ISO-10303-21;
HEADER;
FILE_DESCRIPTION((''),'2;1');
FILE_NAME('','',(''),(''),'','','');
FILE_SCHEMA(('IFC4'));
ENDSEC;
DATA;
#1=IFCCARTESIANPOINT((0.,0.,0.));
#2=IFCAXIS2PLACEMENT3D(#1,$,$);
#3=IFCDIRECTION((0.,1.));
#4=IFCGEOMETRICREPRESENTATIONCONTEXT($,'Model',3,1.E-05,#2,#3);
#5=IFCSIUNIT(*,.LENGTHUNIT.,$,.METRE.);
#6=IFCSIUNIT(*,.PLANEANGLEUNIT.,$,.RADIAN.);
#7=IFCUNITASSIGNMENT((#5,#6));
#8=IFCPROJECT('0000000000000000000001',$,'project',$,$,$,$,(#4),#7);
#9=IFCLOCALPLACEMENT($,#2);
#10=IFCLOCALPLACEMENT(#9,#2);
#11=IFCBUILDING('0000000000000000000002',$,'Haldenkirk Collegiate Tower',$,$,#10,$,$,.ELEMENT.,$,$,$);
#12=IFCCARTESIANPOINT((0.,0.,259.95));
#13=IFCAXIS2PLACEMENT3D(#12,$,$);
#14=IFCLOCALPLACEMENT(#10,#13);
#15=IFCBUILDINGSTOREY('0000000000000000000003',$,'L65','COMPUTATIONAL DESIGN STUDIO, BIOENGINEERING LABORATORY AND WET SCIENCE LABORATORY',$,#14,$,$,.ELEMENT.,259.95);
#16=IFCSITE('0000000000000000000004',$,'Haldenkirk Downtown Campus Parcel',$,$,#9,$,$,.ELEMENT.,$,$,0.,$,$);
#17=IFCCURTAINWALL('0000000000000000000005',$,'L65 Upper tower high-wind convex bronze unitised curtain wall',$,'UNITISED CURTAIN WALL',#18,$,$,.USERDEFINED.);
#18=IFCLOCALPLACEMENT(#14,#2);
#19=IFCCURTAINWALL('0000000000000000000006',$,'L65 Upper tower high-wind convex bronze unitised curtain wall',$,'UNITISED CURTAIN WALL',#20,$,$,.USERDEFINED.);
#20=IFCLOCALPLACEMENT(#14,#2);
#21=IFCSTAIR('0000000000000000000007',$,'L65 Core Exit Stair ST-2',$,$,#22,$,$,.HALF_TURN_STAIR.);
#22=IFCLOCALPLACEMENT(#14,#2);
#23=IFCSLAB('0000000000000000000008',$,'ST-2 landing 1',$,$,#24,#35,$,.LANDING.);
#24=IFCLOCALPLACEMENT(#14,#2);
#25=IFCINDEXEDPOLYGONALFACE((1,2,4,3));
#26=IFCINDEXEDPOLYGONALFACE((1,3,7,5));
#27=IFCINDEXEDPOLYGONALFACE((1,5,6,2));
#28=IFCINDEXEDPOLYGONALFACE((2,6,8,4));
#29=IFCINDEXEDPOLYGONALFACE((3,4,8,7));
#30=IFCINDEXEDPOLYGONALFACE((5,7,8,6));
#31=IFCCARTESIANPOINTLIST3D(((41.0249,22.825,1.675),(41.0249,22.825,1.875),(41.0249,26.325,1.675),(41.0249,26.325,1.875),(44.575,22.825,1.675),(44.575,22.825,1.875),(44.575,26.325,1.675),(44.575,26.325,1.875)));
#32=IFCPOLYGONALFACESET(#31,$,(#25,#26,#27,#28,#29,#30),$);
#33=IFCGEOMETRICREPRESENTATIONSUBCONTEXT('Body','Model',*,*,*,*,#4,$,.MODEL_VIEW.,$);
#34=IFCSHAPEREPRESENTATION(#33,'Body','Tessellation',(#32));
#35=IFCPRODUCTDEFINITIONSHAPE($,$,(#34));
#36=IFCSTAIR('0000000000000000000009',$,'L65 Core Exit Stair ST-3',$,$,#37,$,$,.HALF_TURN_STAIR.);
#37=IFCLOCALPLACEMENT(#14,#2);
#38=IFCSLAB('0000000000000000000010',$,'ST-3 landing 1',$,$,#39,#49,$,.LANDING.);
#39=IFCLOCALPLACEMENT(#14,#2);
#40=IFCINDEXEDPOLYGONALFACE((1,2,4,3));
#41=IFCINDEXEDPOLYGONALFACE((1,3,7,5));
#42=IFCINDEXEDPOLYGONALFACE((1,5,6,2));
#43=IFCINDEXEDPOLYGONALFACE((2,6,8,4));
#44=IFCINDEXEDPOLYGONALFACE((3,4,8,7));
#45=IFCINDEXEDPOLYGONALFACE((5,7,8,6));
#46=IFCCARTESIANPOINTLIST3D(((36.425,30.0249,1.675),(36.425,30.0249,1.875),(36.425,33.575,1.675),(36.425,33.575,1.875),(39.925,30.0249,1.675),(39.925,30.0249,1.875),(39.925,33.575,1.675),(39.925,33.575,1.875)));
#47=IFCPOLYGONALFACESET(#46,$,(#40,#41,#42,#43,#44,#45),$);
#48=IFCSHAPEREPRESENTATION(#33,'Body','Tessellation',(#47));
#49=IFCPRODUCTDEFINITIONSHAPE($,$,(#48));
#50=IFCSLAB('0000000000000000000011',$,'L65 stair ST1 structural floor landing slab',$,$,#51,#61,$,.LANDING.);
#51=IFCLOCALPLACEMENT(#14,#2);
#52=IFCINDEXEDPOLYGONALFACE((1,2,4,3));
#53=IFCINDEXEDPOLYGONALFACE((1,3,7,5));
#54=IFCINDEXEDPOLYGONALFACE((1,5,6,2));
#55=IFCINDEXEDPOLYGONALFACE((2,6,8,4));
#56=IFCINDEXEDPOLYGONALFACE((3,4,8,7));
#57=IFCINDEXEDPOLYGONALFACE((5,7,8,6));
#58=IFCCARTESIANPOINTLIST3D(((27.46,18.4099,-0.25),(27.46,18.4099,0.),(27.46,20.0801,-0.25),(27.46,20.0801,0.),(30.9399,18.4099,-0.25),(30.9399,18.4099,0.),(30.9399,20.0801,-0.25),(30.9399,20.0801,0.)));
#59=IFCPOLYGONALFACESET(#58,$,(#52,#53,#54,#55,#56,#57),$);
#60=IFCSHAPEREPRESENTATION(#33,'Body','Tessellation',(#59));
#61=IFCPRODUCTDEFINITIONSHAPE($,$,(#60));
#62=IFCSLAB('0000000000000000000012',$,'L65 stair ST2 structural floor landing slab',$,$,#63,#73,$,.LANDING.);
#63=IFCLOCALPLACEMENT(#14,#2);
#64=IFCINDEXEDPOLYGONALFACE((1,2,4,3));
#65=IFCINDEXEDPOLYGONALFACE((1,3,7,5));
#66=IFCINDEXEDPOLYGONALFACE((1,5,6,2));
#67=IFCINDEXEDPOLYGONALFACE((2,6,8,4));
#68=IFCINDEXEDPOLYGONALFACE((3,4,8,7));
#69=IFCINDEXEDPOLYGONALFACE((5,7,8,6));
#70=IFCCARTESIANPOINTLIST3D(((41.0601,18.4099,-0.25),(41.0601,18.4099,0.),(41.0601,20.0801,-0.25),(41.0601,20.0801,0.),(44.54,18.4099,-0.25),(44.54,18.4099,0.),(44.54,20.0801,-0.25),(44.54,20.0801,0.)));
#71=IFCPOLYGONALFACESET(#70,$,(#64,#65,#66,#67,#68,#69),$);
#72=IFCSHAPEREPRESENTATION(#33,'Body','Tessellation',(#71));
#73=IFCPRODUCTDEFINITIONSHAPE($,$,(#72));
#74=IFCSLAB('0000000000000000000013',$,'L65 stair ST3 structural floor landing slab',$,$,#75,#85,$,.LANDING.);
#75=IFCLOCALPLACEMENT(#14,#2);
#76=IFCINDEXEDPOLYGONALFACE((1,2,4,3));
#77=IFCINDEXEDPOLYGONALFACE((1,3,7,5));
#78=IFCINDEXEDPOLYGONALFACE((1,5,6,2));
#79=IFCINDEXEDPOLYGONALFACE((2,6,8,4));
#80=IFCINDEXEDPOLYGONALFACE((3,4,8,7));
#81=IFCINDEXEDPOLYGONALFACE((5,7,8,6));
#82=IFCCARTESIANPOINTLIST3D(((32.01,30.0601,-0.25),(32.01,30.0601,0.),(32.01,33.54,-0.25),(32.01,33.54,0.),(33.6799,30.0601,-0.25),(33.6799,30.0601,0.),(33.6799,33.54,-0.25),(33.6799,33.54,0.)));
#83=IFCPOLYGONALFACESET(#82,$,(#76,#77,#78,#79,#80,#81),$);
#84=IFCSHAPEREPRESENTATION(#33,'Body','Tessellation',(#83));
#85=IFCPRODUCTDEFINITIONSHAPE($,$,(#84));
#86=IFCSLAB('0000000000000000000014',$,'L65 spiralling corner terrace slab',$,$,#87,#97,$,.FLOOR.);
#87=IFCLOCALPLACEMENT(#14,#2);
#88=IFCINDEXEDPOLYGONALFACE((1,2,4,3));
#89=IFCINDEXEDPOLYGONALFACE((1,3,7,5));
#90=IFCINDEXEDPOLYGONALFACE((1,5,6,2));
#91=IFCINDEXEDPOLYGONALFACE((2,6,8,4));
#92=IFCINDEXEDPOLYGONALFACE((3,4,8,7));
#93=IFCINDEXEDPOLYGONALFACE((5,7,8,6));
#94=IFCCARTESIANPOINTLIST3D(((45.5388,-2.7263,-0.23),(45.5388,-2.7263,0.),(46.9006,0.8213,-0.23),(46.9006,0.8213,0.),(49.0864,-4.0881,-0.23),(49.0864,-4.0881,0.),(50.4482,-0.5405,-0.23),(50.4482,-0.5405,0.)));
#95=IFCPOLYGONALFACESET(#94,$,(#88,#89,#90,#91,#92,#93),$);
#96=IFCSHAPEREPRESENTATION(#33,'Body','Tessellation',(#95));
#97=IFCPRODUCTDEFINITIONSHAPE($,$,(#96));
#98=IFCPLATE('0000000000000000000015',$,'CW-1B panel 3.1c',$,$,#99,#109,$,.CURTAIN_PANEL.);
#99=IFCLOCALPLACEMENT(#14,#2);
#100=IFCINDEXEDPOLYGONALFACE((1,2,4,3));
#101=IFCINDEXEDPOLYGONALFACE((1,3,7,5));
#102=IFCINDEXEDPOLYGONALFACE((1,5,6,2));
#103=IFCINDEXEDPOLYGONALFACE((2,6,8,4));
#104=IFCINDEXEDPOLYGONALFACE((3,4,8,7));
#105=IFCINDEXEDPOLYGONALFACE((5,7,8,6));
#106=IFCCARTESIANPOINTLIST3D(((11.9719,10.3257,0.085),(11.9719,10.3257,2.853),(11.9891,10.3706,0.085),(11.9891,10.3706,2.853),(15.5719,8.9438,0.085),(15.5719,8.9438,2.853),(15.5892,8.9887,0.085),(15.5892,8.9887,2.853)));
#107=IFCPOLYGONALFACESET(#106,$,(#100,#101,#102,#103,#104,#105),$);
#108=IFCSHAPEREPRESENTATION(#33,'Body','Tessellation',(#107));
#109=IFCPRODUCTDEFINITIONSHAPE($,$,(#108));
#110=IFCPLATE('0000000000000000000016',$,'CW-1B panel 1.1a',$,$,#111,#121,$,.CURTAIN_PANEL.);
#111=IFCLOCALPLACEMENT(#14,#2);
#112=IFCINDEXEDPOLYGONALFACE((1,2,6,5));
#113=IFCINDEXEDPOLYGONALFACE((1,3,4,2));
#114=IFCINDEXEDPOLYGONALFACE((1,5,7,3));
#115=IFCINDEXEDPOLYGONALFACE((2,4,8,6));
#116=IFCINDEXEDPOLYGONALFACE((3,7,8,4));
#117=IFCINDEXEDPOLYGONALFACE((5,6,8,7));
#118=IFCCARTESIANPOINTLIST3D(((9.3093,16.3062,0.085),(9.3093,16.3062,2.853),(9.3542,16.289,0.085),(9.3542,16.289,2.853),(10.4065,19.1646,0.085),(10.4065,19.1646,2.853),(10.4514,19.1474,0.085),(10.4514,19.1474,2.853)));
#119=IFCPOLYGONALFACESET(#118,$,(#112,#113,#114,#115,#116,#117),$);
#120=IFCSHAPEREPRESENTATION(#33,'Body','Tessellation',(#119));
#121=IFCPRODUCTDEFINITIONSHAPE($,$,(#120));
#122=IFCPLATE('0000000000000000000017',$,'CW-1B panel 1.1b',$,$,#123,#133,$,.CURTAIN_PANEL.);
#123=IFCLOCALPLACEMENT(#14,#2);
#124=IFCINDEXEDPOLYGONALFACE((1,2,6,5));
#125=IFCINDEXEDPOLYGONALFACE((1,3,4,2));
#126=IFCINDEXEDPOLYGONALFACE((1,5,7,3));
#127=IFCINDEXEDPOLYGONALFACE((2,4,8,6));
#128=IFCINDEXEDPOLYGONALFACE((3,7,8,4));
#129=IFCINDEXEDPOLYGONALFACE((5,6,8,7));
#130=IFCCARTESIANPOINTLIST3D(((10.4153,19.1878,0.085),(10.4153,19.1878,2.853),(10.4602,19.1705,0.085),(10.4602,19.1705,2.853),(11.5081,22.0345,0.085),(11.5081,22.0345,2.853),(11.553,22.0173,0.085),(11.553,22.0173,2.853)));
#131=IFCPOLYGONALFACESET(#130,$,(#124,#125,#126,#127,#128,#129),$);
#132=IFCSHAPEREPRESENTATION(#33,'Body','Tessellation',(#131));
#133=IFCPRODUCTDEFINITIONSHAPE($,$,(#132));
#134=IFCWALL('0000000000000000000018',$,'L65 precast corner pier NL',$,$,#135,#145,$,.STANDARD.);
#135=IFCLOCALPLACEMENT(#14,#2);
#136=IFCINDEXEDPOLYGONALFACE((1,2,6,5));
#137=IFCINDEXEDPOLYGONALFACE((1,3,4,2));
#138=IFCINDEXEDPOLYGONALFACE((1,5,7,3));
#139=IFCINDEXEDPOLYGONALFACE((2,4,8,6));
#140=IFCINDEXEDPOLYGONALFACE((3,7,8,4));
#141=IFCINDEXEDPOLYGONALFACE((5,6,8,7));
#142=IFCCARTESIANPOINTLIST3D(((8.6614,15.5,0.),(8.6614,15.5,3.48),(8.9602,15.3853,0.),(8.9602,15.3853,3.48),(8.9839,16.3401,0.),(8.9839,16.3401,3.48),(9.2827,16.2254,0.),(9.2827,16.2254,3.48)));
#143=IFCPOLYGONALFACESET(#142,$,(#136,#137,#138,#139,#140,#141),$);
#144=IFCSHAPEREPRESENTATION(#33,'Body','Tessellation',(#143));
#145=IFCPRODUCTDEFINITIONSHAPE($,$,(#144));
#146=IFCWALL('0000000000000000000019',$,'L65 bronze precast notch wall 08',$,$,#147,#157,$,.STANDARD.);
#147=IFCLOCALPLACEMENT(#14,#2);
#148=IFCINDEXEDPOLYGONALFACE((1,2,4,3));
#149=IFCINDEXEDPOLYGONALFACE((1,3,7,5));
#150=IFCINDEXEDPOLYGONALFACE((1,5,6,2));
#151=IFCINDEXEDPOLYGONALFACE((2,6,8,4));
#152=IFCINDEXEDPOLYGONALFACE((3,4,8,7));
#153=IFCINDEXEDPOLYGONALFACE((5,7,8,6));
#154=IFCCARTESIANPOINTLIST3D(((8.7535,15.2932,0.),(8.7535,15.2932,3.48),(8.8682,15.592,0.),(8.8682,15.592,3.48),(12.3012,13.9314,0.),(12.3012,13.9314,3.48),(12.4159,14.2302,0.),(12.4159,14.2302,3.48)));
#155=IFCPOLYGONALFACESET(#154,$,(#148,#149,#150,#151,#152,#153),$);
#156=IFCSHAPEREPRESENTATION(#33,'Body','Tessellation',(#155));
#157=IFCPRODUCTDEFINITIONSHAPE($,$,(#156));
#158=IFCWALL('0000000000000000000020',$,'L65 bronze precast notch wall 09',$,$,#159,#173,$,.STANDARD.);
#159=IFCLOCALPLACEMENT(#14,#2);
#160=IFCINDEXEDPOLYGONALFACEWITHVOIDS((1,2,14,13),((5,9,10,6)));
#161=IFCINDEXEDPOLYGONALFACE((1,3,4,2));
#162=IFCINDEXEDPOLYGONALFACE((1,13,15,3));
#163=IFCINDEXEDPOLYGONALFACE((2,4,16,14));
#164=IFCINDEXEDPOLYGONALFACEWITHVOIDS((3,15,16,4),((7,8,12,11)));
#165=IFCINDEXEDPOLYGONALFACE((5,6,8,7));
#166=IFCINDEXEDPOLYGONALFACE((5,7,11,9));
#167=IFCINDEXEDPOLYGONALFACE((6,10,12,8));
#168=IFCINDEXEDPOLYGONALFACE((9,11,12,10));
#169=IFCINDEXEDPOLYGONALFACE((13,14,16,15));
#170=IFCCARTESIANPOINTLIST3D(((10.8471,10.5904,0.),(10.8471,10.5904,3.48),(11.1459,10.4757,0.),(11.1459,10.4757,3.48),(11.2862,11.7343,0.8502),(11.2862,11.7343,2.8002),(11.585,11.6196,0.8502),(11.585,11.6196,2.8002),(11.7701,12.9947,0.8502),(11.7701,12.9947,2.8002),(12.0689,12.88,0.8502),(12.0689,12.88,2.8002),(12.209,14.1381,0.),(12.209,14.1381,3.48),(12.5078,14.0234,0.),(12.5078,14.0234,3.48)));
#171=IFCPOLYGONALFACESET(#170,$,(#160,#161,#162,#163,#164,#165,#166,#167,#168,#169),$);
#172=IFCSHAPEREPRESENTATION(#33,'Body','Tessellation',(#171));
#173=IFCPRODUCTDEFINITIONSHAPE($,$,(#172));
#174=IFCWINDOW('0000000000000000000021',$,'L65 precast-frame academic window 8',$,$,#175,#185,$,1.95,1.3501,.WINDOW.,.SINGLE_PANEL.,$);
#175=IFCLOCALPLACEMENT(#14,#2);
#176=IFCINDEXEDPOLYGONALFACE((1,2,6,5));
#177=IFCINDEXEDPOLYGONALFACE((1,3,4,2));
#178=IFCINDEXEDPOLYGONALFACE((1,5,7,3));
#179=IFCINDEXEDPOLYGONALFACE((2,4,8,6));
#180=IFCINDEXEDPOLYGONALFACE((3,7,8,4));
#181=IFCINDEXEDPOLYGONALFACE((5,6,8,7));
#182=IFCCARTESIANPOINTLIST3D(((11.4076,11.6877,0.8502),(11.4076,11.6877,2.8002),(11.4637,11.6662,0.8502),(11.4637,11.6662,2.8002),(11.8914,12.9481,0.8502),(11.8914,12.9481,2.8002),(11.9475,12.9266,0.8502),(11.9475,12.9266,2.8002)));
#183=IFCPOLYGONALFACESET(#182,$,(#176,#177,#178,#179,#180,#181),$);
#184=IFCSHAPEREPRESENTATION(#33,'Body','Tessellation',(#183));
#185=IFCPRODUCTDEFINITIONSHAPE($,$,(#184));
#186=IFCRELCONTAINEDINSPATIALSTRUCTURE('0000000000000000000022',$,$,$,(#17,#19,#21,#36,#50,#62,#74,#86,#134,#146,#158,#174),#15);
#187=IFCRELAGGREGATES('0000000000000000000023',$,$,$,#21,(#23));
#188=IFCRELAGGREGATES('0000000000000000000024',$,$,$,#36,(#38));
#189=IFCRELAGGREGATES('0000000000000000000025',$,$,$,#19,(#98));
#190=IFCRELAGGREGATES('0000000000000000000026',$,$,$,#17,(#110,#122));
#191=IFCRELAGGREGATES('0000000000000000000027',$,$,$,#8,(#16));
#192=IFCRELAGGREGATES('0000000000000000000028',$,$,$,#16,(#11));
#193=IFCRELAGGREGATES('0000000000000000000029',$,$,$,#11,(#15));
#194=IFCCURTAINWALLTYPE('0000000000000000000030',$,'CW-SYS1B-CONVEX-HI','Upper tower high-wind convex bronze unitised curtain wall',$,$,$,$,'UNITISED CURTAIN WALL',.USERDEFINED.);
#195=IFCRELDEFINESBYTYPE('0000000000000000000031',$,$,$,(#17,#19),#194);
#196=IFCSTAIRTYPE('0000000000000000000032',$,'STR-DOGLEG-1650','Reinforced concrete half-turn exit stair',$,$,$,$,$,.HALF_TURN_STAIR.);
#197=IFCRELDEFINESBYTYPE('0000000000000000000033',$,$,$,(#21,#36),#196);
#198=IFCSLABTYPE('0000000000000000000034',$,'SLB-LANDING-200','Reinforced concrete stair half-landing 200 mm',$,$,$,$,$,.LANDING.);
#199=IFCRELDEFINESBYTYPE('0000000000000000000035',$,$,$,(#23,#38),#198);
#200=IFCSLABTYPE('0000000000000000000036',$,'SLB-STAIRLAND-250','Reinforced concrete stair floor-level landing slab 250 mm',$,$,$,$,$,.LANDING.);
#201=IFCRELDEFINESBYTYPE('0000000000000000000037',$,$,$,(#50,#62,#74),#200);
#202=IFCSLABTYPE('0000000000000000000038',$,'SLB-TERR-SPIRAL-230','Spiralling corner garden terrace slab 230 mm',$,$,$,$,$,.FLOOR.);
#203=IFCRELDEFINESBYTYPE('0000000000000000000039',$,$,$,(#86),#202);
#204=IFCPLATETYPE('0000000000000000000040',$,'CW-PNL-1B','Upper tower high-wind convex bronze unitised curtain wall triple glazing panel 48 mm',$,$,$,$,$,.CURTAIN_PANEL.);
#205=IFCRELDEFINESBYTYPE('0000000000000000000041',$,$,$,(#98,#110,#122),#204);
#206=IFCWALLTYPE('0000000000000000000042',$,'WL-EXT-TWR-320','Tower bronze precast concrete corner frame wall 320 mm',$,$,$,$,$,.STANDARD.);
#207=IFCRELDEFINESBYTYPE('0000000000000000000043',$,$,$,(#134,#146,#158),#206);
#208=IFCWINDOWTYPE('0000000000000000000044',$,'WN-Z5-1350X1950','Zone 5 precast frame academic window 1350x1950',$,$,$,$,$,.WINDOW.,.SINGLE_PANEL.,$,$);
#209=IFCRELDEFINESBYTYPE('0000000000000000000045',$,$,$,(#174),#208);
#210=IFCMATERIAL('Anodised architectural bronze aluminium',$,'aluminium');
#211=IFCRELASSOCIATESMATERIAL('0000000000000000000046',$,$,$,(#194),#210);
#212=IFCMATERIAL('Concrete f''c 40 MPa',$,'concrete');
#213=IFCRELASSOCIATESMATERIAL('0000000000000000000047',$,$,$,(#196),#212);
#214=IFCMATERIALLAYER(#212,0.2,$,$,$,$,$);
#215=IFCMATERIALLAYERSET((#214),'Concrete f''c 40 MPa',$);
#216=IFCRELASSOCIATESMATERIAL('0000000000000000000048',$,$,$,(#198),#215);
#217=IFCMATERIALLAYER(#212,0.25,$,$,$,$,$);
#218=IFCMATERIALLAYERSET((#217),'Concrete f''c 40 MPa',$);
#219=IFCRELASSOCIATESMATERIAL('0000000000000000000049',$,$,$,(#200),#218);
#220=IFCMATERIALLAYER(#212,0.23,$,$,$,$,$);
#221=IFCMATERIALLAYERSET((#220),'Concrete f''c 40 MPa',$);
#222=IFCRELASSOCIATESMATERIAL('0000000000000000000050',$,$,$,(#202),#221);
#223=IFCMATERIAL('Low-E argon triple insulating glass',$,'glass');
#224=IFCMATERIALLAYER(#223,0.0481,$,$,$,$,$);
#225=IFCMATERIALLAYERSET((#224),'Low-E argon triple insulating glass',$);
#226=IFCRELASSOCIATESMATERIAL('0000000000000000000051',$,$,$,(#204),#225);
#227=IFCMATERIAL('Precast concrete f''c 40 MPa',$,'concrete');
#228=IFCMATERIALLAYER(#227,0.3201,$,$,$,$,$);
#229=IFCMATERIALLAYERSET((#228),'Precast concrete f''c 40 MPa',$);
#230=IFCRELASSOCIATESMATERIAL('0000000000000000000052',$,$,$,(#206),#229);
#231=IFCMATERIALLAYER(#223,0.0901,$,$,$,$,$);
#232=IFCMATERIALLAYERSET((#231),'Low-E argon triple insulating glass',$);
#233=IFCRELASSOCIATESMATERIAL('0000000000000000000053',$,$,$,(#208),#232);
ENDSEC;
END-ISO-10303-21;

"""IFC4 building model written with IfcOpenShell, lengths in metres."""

from ifc_helpers import new_model, si_unit, direction, frame, frame_2d, origin, origin_2d, place, context, subcontext, project, spatial, polyline, rectangle, outline, extrude, source, transform, mapped, material, layer, layer_set, type_object, element, fill, aggregate, save


model = new_model("IFC4")

# Units and contexts
model_context = context("Model", 3, precision=1e-05, world=origin(), true_north=direction((0.0, 1.0)))
body_context = subcontext(model_context, "Body", "Model", "MODEL_VIEW")
ifc_project = project(units=[si_unit("LENGTHUNIT", "METRE"), si_unit("PLANEANGLEUNIT", "RADIAN")], contexts=[model_context])

# Site, building, storey
site_placement = place(None, origin())
site = spatial("IfcSite", under=ifc_project, at=site_placement, Name="Haldenkirk Downtown Campus Parcel", CompositionType="ELEMENT", RefElevation=0.0)
building_placement = place(site_placement, origin())
building = spatial("IfcBuilding", under=site, at=building_placement, Name="Haldenkirk Collegiate Tower", CompositionType="ELEMENT")
storey_placement = place(building_placement, frame((0.0, 0.0, 259.95)))
storey = spatial("IfcBuildingStorey", under=building, at=storey_placement, Name="L65", Description="COMPUTATIONAL DESIGN STUDIO, BIOENGINEERING LABORATORY AND WET SCIENCE LABORATORY", CompositionType="ELEMENT", Elevation=259.95)

# Curtain walls
ifc_material_1 = material(Name="Anodised architectural bronze aluminium", Category="aluminium")
curtain_wall_type = type_object("IfcCurtainWallType", Name="CW-SYS1B-CONVEX-HI", Description="Upper tower high-wind convex bronze unitised curtain wall", ElementType="UNITISED CURTAIN WALL", PredefinedType="USERDEFINED", material=ifc_material_1)
curtain_wall_1_placement = place(storey_placement, origin())
curtain_wall_1 = element("IfcCurtainWall", 1, at=curtain_wall_1_placement, inside=storey, type_object=curtain_wall_type, Name="L65 Upper tower high-wind convex bronze unitised curtain wall", ObjectType="UNITISED CURTAIN WALL", PredefinedType="USERDEFINED")
curtain_wall_2_placement = place(storey_placement, origin())
curtain_wall_2 = element("IfcCurtainWall", 2, at=curtain_wall_2_placement, inside=storey, type_object=curtain_wall_type, Name="L65 Upper tower high-wind convex bronze unitised curtain wall", ObjectType="UNITISED CURTAIN WALL", PredefinedType="USERDEFINED")

# Shared definitions
ifc_material_2 = material(Name="Concrete f'c 40 MPa", Category="concrete")

# Stairs, slabs
stair_type = type_object("IfcStairType", Name="STR-DOGLEG-1650", Description="Reinforced concrete half-turn exit stair", PredefinedType="HALF_TURN_STAIR", material=ifc_material_2)
ifc_layer_1 = layer(ifc_material_2, 0.2)
ifc_layer_set_1 = layer_set([ifc_layer_1], Name="Concrete f'c 40 MPa")
slab_type_1 = type_object("IfcSlabType", Name="SLB-LANDING-200", Description="Reinforced concrete stair half-landing 200 mm", PredefinedType="LANDING", material=ifc_layer_set_1)
stair_1_placement = place(storey_placement, origin())
stair_1 = element("IfcStair", 3, at=stair_1_placement, inside=storey, type_object=stair_type, Name="L65 Core Exit Stair ST-2", PredefinedType="HALF_TURN_STAIR")
slab_1_placement = place(storey_placement, frame((0.0, 0.0, 1.675)))
slab_1 = element("IfcSlab", 4, at=slab_1_placement, type_object=slab_type_1, Name="ST-2 landing 1", PredefinedType="LANDING", context=body_context, shape_type="SweptSolid", body=[
    extrude(outline(polyline([(44.575, 22.825), (41.0249, 22.825), (41.0249, 26.325), (44.575, 26.325), (44.575, 22.825)])), origin(), (0.0, 0.0, 1.0), 0.2),
])
aggregate(stair_1, [slab_1])
stair_2_placement = place(storey_placement, origin())
stair_2 = element("IfcStair", 5, at=stair_2_placement, inside=storey, type_object=stair_type, Name="L65 Core Exit Stair ST-3", PredefinedType="HALF_TURN_STAIR")
slab_2_placement = place(storey_placement, frame((0.0, 0.0, 1.675)))
slab_2 = element("IfcSlab", 6, at=slab_2_placement, type_object=slab_type_1, Name="ST-3 landing 1", PredefinedType="LANDING", context=body_context, shape_type="SweptSolid", body=[
    extrude(outline(polyline([(36.425, 30.0249), (36.425, 33.575), (39.925, 33.575), (39.925, 30.0249), (36.425, 30.0249)])), origin(), (0.0, 0.0, 1.0), 0.2),
])
aggregate(stair_2, [slab_2])

# Slabs
ifc_layer_2 = layer(ifc_material_2, 0.25)
ifc_layer_set_2 = layer_set([ifc_layer_2], Name="Concrete f'c 40 MPa")
slab_type_2 = type_object("IfcSlabType", Name="SLB-STAIRLAND-250", Description="Reinforced concrete stair floor-level landing slab 250 mm", PredefinedType="LANDING", material=ifc_layer_set_2)
slab_3_placement = place(storey_placement, frame((0.0, 0.0, -0.25)))
element("IfcSlab", 7, at=slab_3_placement, inside=storey, type_object=slab_type_2, Name="L65 stair ST1 structural floor landing slab", PredefinedType="LANDING", context=body_context, shape_type="SweptSolid", body=[
    extrude(outline(polyline([(27.46, 18.4099), (30.9399, 18.4099), (30.9399, 20.0801), (27.46, 20.0801), (27.46, 18.4099)])), origin(), (0.0, 0.0, 1.0), 0.25),
])
slab_4_placement = place(storey_placement, frame((0.0, 0.0, -0.25)))
element("IfcSlab", 8, at=slab_4_placement, inside=storey, type_object=slab_type_2, Name="L65 stair ST2 structural floor landing slab", PredefinedType="LANDING", context=body_context, shape_type="SweptSolid", body=[
    extrude(outline(polyline([(41.0601, 18.4099), (44.54, 18.4099), (44.54, 20.0801), (41.0601, 20.0801), (41.0601, 18.4099)])), origin(), (0.0, 0.0, 1.0), 0.25),
])
slab_5_placement = place(storey_placement, frame((0.0, 0.0, -0.25)))
element("IfcSlab", 9, at=slab_5_placement, inside=storey, type_object=slab_type_2, Name="L65 stair ST3 structural floor landing slab", PredefinedType="LANDING", context=body_context, shape_type="SweptSolid", body=[
    extrude(outline(polyline([(32.01, 30.0601), (33.6799, 30.0601), (33.6799, 33.54), (32.01, 33.54), (32.01, 30.0601)])), origin(), (0.0, 0.0, 1.0), 0.25),
])
ifc_layer_3 = layer(ifc_material_2, 0.23)
ifc_layer_set_3 = layer_set([ifc_layer_3], Name="Concrete f'c 40 MPa")
slab_type_3 = type_object("IfcSlabType", Name="SLB-TERR-SPIRAL-230", Description="Spiralling corner garden terrace slab 230 mm", PredefinedType="FLOOR", material=ifc_layer_set_3)
slab_6_placement = place(storey_placement, frame((0.0, 0.0, -0.23)))
element("IfcSlab", 10, at=slab_6_placement, inside=storey, type_object=slab_type_3, Name="L65 spiralling corner terrace slab", PredefinedType="FLOOR", context=body_context, shape_type="SweptSolid", body=[
    extrude(outline(polyline([(49.0864, -4.0881), (50.4482, -0.5405), (46.9006, 0.8213), (45.5388, -2.7263), (49.0864, -4.0881)])), origin(), (0.0, 0.0, 1.0), 0.23),
])

# Plates
ifc_material_3 = material(Name="Low-E argon triple insulating glass", Category="glass")
ifc_layer_4 = layer(ifc_material_3, 0.0481)
ifc_layer_set_4 = layer_set([ifc_layer_4], Name="Low-E argon triple insulating glass")
plate_type = type_object("IfcPlateType", Name="CW-PNL-1B", Description="Upper tower high-wind convex bronze unitised curtain wall triple glazing panel 48 mm", PredefinedType="CURTAIN_PANEL", material=ifc_layer_set_4)
shared_shape_1 = source(origin(), body_context, "Body", "SweptSolid", [
    extrude(rectangle(XDim=3.8562, YDim=0.0481, at=origin_2d()), origin(), (0.0, 0.0, 1.0), 2.7681),
])
plate_1_placement = place(storey_placement, frame((13.7805, 9.6572, 0.085), z_axis=(0.0, 0.0, 1.0), x_axis=(-0.93358, 0.358369, 0.0)))
plate_1 = element("IfcPlate", 11, at=plate_1_placement, type_object=plate_type, Name="CW-1B panel 3.1c", PredefinedType="CURTAIN_PANEL", context=body_context, shape_type="MappedRepresentation", body=[
    mapped(shared_shape_1, transform((0.0, 0.0, 0.0), x_axis=(1.0, 0.0, 0.0), y_axis=(0.0, 1.0, 0.0), z_axis=(0.0, 0.0, 1.0), scale=1.0)),
])
aggregate(curtain_wall_2, [plate_1])
shared_shape_2 = source(origin(), body_context, "Body", "SweptSolid", [
    extrude(rectangle(XDim=3.0618, YDim=0.0481, at=origin_2d()), origin(), (0.0, 0.0, 1.0), 2.7681),
])
plate_2_placement = place(storey_placement, frame((9.8804, 17.7268, 0.085), z_axis=(0.0, 0.0, 1.0), x_axis=(0.358369, 0.93358, 0.0)))
plate_2 = element("IfcPlate", 12, at=plate_2_placement, type_object=plate_type, Name="CW-1B panel 1.1a", PredefinedType="CURTAIN_PANEL", context=body_context, shape_type="MappedRepresentation", body=[
    mapped(shared_shape_2, transform((0.0, 0.0, 0.0), x_axis=(1.0, 0.0, 0.0), y_axis=(0.0, 1.0, 0.0), z_axis=(0.0, 0.0, 1.0), scale=1.0)),
])
shared_shape_3 = source(origin(), body_context, "Body", "SweptSolid", [
    extrude(rectangle(XDim=3.0493, YDim=0.0481, at=origin_2d()), origin(), (0.0, 0.0, 1.0), 2.7681),
])
plate_3_placement = place(storey_placement, frame((10.9841, 20.6025, 0.085), z_axis=(0.0, 0.0, 1.0), x_axis=(0.358369, 0.93358, 0.0)))
plate_3 = element("IfcPlate", 13, at=plate_3_placement, type_object=plate_type, Name="CW-1B panel 1.1b", PredefinedType="CURTAIN_PANEL", context=body_context, shape_type="MappedRepresentation", body=[
    mapped(shared_shape_3, transform((0.0, 0.0, 0.0), x_axis=(1.0, 0.0, 0.0), y_axis=(0.0, 1.0, 0.0), z_axis=(0.0, 0.0, 1.0), scale=1.0)),
])
aggregate(curtain_wall_1, [plate_2, plate_3])

# Walls
ifc_material_4 = material(Name="Precast concrete f'c 40 MPa", Category="concrete")
ifc_layer_5 = layer(ifc_material_4, 0.3201)
ifc_layer_set_5 = layer_set([ifc_layer_5], Name="Precast concrete f'c 40 MPa")
wall_type_1 = type_object("IfcWallType", Name="WL-EXT-TWR-320", Description="Tower bronze precast concrete corner frame wall 320 mm", PredefinedType="STANDARD", material=ifc_layer_set_5)
wall_1_placement = place(storey_placement, frame((8.8108, 15.4426, 0.0), z_axis=(0.0, 0.0, 1.0), x_axis=(0.358397, 0.933569, 0.0)))
element("IfcWall", 14, at=wall_1_placement, inside=storey, type_object=wall_type_1, Name="L65 precast corner pier NL", PredefinedType="STANDARD", context=body_context, shape_type="SweptSolid", body=[
    extrude(rectangle(XDim=0.8999, YDim=0.3201, at=frame_2d((0.45, 0.0))), origin(), (0.0, 0.0, 1.0), 3.48),
])
wall_2_placement = place(storey_placement, frame((12.3584, 14.0808, 0.0), z_axis=(0.0, 0.0, 1.0), x_axis=(-0.933579, 0.358372, 0.0)))
element("IfcWall", 15, at=wall_2_placement, inside=storey, type_object=wall_type_1, Name="L65 bronze precast notch wall 08", PredefinedType="STANDARD", context=body_context, shape_type="SweptSolid", body=[
    extrude(rectangle(XDim=3.8, YDim=0.3201, at=frame_2d((1.8999, 0.0))), origin(), (0.0, 0.0, 1.0), 3.48),
])

# Wall, opening, window
wall_3_placement = place(storey_placement, frame((10.9966, 10.5332, 0.0), z_axis=(0.0, 0.0, 1.0), x_axis=(0.358372, 0.933579, 0.0)))
wall_3 = element("IfcWall", 16, at=wall_3_placement, inside=storey, type_object=wall_type_1, Name="L65 bronze precast notch wall 09", PredefinedType="STANDARD", context=body_context, shape_type="SweptSolid", body=[
    extrude(rectangle(XDim=3.8, YDim=0.3201, at=frame_2d((1.8999, 0.0))), origin(), (0.0, 0.0, 1.0), 3.48),
])
opening_1_placement = place(wall_3_placement, frame((1.2251, 0.0, 0.8501)))
opening_1 = element("IfcOpeningElement", 17, at=opening_1_placement, cuts=wall_3, PredefinedType="OPENING", context=body_context, shape_type="SweptSolid", body=[
    extrude(rectangle(XDim=1.3501, YDim=1.95, at=frame_2d((0.675, 0.9751))), frame((0.0, 0.1699, 0.0), z_axis=(0.0, -1.0, 0.0), x_axis=(1.0, 0.0, 0.0)), (0.0, 0.0, 1.0), 0.3401),
])
ifc_layer_6 = layer(ifc_material_3, 0.0901)
ifc_layer_set_6 = layer_set([ifc_layer_6], Name="Low-E argon triple insulating glass")
window_type = type_object("IfcWindowType", Name="WN-Z5-1350X1950", Description="Zone 5 precast frame academic window 1350x1950", PartitioningType="SINGLE_PANEL", PredefinedType="WINDOW", material=ifc_layer_set_6)
window_placement = place(opening_1_placement, origin())
window = element("IfcWindow", 18, at=window_placement, inside=storey, type_object=window_type, Name="L65 precast-frame academic window 8", OverallHeight=1.95, OverallWidth=1.3501, PartitioningType="SINGLE_PANEL", PredefinedType="WINDOW", context=body_context, shape_type="SweptSolid", body=[
    extrude(rectangle(XDim=1.3501, YDim=1.95, at=frame_2d((0.675, 0.9751))), frame((0.0, 0.03, 0.0), z_axis=(0.0, -1.0, 0.0), x_axis=(1.0, 0.0, 0.0)), (0.0, 0.0, 1.0), 0.0601),
])
fill(opening_1, window)

save(model, "model.ifc")
